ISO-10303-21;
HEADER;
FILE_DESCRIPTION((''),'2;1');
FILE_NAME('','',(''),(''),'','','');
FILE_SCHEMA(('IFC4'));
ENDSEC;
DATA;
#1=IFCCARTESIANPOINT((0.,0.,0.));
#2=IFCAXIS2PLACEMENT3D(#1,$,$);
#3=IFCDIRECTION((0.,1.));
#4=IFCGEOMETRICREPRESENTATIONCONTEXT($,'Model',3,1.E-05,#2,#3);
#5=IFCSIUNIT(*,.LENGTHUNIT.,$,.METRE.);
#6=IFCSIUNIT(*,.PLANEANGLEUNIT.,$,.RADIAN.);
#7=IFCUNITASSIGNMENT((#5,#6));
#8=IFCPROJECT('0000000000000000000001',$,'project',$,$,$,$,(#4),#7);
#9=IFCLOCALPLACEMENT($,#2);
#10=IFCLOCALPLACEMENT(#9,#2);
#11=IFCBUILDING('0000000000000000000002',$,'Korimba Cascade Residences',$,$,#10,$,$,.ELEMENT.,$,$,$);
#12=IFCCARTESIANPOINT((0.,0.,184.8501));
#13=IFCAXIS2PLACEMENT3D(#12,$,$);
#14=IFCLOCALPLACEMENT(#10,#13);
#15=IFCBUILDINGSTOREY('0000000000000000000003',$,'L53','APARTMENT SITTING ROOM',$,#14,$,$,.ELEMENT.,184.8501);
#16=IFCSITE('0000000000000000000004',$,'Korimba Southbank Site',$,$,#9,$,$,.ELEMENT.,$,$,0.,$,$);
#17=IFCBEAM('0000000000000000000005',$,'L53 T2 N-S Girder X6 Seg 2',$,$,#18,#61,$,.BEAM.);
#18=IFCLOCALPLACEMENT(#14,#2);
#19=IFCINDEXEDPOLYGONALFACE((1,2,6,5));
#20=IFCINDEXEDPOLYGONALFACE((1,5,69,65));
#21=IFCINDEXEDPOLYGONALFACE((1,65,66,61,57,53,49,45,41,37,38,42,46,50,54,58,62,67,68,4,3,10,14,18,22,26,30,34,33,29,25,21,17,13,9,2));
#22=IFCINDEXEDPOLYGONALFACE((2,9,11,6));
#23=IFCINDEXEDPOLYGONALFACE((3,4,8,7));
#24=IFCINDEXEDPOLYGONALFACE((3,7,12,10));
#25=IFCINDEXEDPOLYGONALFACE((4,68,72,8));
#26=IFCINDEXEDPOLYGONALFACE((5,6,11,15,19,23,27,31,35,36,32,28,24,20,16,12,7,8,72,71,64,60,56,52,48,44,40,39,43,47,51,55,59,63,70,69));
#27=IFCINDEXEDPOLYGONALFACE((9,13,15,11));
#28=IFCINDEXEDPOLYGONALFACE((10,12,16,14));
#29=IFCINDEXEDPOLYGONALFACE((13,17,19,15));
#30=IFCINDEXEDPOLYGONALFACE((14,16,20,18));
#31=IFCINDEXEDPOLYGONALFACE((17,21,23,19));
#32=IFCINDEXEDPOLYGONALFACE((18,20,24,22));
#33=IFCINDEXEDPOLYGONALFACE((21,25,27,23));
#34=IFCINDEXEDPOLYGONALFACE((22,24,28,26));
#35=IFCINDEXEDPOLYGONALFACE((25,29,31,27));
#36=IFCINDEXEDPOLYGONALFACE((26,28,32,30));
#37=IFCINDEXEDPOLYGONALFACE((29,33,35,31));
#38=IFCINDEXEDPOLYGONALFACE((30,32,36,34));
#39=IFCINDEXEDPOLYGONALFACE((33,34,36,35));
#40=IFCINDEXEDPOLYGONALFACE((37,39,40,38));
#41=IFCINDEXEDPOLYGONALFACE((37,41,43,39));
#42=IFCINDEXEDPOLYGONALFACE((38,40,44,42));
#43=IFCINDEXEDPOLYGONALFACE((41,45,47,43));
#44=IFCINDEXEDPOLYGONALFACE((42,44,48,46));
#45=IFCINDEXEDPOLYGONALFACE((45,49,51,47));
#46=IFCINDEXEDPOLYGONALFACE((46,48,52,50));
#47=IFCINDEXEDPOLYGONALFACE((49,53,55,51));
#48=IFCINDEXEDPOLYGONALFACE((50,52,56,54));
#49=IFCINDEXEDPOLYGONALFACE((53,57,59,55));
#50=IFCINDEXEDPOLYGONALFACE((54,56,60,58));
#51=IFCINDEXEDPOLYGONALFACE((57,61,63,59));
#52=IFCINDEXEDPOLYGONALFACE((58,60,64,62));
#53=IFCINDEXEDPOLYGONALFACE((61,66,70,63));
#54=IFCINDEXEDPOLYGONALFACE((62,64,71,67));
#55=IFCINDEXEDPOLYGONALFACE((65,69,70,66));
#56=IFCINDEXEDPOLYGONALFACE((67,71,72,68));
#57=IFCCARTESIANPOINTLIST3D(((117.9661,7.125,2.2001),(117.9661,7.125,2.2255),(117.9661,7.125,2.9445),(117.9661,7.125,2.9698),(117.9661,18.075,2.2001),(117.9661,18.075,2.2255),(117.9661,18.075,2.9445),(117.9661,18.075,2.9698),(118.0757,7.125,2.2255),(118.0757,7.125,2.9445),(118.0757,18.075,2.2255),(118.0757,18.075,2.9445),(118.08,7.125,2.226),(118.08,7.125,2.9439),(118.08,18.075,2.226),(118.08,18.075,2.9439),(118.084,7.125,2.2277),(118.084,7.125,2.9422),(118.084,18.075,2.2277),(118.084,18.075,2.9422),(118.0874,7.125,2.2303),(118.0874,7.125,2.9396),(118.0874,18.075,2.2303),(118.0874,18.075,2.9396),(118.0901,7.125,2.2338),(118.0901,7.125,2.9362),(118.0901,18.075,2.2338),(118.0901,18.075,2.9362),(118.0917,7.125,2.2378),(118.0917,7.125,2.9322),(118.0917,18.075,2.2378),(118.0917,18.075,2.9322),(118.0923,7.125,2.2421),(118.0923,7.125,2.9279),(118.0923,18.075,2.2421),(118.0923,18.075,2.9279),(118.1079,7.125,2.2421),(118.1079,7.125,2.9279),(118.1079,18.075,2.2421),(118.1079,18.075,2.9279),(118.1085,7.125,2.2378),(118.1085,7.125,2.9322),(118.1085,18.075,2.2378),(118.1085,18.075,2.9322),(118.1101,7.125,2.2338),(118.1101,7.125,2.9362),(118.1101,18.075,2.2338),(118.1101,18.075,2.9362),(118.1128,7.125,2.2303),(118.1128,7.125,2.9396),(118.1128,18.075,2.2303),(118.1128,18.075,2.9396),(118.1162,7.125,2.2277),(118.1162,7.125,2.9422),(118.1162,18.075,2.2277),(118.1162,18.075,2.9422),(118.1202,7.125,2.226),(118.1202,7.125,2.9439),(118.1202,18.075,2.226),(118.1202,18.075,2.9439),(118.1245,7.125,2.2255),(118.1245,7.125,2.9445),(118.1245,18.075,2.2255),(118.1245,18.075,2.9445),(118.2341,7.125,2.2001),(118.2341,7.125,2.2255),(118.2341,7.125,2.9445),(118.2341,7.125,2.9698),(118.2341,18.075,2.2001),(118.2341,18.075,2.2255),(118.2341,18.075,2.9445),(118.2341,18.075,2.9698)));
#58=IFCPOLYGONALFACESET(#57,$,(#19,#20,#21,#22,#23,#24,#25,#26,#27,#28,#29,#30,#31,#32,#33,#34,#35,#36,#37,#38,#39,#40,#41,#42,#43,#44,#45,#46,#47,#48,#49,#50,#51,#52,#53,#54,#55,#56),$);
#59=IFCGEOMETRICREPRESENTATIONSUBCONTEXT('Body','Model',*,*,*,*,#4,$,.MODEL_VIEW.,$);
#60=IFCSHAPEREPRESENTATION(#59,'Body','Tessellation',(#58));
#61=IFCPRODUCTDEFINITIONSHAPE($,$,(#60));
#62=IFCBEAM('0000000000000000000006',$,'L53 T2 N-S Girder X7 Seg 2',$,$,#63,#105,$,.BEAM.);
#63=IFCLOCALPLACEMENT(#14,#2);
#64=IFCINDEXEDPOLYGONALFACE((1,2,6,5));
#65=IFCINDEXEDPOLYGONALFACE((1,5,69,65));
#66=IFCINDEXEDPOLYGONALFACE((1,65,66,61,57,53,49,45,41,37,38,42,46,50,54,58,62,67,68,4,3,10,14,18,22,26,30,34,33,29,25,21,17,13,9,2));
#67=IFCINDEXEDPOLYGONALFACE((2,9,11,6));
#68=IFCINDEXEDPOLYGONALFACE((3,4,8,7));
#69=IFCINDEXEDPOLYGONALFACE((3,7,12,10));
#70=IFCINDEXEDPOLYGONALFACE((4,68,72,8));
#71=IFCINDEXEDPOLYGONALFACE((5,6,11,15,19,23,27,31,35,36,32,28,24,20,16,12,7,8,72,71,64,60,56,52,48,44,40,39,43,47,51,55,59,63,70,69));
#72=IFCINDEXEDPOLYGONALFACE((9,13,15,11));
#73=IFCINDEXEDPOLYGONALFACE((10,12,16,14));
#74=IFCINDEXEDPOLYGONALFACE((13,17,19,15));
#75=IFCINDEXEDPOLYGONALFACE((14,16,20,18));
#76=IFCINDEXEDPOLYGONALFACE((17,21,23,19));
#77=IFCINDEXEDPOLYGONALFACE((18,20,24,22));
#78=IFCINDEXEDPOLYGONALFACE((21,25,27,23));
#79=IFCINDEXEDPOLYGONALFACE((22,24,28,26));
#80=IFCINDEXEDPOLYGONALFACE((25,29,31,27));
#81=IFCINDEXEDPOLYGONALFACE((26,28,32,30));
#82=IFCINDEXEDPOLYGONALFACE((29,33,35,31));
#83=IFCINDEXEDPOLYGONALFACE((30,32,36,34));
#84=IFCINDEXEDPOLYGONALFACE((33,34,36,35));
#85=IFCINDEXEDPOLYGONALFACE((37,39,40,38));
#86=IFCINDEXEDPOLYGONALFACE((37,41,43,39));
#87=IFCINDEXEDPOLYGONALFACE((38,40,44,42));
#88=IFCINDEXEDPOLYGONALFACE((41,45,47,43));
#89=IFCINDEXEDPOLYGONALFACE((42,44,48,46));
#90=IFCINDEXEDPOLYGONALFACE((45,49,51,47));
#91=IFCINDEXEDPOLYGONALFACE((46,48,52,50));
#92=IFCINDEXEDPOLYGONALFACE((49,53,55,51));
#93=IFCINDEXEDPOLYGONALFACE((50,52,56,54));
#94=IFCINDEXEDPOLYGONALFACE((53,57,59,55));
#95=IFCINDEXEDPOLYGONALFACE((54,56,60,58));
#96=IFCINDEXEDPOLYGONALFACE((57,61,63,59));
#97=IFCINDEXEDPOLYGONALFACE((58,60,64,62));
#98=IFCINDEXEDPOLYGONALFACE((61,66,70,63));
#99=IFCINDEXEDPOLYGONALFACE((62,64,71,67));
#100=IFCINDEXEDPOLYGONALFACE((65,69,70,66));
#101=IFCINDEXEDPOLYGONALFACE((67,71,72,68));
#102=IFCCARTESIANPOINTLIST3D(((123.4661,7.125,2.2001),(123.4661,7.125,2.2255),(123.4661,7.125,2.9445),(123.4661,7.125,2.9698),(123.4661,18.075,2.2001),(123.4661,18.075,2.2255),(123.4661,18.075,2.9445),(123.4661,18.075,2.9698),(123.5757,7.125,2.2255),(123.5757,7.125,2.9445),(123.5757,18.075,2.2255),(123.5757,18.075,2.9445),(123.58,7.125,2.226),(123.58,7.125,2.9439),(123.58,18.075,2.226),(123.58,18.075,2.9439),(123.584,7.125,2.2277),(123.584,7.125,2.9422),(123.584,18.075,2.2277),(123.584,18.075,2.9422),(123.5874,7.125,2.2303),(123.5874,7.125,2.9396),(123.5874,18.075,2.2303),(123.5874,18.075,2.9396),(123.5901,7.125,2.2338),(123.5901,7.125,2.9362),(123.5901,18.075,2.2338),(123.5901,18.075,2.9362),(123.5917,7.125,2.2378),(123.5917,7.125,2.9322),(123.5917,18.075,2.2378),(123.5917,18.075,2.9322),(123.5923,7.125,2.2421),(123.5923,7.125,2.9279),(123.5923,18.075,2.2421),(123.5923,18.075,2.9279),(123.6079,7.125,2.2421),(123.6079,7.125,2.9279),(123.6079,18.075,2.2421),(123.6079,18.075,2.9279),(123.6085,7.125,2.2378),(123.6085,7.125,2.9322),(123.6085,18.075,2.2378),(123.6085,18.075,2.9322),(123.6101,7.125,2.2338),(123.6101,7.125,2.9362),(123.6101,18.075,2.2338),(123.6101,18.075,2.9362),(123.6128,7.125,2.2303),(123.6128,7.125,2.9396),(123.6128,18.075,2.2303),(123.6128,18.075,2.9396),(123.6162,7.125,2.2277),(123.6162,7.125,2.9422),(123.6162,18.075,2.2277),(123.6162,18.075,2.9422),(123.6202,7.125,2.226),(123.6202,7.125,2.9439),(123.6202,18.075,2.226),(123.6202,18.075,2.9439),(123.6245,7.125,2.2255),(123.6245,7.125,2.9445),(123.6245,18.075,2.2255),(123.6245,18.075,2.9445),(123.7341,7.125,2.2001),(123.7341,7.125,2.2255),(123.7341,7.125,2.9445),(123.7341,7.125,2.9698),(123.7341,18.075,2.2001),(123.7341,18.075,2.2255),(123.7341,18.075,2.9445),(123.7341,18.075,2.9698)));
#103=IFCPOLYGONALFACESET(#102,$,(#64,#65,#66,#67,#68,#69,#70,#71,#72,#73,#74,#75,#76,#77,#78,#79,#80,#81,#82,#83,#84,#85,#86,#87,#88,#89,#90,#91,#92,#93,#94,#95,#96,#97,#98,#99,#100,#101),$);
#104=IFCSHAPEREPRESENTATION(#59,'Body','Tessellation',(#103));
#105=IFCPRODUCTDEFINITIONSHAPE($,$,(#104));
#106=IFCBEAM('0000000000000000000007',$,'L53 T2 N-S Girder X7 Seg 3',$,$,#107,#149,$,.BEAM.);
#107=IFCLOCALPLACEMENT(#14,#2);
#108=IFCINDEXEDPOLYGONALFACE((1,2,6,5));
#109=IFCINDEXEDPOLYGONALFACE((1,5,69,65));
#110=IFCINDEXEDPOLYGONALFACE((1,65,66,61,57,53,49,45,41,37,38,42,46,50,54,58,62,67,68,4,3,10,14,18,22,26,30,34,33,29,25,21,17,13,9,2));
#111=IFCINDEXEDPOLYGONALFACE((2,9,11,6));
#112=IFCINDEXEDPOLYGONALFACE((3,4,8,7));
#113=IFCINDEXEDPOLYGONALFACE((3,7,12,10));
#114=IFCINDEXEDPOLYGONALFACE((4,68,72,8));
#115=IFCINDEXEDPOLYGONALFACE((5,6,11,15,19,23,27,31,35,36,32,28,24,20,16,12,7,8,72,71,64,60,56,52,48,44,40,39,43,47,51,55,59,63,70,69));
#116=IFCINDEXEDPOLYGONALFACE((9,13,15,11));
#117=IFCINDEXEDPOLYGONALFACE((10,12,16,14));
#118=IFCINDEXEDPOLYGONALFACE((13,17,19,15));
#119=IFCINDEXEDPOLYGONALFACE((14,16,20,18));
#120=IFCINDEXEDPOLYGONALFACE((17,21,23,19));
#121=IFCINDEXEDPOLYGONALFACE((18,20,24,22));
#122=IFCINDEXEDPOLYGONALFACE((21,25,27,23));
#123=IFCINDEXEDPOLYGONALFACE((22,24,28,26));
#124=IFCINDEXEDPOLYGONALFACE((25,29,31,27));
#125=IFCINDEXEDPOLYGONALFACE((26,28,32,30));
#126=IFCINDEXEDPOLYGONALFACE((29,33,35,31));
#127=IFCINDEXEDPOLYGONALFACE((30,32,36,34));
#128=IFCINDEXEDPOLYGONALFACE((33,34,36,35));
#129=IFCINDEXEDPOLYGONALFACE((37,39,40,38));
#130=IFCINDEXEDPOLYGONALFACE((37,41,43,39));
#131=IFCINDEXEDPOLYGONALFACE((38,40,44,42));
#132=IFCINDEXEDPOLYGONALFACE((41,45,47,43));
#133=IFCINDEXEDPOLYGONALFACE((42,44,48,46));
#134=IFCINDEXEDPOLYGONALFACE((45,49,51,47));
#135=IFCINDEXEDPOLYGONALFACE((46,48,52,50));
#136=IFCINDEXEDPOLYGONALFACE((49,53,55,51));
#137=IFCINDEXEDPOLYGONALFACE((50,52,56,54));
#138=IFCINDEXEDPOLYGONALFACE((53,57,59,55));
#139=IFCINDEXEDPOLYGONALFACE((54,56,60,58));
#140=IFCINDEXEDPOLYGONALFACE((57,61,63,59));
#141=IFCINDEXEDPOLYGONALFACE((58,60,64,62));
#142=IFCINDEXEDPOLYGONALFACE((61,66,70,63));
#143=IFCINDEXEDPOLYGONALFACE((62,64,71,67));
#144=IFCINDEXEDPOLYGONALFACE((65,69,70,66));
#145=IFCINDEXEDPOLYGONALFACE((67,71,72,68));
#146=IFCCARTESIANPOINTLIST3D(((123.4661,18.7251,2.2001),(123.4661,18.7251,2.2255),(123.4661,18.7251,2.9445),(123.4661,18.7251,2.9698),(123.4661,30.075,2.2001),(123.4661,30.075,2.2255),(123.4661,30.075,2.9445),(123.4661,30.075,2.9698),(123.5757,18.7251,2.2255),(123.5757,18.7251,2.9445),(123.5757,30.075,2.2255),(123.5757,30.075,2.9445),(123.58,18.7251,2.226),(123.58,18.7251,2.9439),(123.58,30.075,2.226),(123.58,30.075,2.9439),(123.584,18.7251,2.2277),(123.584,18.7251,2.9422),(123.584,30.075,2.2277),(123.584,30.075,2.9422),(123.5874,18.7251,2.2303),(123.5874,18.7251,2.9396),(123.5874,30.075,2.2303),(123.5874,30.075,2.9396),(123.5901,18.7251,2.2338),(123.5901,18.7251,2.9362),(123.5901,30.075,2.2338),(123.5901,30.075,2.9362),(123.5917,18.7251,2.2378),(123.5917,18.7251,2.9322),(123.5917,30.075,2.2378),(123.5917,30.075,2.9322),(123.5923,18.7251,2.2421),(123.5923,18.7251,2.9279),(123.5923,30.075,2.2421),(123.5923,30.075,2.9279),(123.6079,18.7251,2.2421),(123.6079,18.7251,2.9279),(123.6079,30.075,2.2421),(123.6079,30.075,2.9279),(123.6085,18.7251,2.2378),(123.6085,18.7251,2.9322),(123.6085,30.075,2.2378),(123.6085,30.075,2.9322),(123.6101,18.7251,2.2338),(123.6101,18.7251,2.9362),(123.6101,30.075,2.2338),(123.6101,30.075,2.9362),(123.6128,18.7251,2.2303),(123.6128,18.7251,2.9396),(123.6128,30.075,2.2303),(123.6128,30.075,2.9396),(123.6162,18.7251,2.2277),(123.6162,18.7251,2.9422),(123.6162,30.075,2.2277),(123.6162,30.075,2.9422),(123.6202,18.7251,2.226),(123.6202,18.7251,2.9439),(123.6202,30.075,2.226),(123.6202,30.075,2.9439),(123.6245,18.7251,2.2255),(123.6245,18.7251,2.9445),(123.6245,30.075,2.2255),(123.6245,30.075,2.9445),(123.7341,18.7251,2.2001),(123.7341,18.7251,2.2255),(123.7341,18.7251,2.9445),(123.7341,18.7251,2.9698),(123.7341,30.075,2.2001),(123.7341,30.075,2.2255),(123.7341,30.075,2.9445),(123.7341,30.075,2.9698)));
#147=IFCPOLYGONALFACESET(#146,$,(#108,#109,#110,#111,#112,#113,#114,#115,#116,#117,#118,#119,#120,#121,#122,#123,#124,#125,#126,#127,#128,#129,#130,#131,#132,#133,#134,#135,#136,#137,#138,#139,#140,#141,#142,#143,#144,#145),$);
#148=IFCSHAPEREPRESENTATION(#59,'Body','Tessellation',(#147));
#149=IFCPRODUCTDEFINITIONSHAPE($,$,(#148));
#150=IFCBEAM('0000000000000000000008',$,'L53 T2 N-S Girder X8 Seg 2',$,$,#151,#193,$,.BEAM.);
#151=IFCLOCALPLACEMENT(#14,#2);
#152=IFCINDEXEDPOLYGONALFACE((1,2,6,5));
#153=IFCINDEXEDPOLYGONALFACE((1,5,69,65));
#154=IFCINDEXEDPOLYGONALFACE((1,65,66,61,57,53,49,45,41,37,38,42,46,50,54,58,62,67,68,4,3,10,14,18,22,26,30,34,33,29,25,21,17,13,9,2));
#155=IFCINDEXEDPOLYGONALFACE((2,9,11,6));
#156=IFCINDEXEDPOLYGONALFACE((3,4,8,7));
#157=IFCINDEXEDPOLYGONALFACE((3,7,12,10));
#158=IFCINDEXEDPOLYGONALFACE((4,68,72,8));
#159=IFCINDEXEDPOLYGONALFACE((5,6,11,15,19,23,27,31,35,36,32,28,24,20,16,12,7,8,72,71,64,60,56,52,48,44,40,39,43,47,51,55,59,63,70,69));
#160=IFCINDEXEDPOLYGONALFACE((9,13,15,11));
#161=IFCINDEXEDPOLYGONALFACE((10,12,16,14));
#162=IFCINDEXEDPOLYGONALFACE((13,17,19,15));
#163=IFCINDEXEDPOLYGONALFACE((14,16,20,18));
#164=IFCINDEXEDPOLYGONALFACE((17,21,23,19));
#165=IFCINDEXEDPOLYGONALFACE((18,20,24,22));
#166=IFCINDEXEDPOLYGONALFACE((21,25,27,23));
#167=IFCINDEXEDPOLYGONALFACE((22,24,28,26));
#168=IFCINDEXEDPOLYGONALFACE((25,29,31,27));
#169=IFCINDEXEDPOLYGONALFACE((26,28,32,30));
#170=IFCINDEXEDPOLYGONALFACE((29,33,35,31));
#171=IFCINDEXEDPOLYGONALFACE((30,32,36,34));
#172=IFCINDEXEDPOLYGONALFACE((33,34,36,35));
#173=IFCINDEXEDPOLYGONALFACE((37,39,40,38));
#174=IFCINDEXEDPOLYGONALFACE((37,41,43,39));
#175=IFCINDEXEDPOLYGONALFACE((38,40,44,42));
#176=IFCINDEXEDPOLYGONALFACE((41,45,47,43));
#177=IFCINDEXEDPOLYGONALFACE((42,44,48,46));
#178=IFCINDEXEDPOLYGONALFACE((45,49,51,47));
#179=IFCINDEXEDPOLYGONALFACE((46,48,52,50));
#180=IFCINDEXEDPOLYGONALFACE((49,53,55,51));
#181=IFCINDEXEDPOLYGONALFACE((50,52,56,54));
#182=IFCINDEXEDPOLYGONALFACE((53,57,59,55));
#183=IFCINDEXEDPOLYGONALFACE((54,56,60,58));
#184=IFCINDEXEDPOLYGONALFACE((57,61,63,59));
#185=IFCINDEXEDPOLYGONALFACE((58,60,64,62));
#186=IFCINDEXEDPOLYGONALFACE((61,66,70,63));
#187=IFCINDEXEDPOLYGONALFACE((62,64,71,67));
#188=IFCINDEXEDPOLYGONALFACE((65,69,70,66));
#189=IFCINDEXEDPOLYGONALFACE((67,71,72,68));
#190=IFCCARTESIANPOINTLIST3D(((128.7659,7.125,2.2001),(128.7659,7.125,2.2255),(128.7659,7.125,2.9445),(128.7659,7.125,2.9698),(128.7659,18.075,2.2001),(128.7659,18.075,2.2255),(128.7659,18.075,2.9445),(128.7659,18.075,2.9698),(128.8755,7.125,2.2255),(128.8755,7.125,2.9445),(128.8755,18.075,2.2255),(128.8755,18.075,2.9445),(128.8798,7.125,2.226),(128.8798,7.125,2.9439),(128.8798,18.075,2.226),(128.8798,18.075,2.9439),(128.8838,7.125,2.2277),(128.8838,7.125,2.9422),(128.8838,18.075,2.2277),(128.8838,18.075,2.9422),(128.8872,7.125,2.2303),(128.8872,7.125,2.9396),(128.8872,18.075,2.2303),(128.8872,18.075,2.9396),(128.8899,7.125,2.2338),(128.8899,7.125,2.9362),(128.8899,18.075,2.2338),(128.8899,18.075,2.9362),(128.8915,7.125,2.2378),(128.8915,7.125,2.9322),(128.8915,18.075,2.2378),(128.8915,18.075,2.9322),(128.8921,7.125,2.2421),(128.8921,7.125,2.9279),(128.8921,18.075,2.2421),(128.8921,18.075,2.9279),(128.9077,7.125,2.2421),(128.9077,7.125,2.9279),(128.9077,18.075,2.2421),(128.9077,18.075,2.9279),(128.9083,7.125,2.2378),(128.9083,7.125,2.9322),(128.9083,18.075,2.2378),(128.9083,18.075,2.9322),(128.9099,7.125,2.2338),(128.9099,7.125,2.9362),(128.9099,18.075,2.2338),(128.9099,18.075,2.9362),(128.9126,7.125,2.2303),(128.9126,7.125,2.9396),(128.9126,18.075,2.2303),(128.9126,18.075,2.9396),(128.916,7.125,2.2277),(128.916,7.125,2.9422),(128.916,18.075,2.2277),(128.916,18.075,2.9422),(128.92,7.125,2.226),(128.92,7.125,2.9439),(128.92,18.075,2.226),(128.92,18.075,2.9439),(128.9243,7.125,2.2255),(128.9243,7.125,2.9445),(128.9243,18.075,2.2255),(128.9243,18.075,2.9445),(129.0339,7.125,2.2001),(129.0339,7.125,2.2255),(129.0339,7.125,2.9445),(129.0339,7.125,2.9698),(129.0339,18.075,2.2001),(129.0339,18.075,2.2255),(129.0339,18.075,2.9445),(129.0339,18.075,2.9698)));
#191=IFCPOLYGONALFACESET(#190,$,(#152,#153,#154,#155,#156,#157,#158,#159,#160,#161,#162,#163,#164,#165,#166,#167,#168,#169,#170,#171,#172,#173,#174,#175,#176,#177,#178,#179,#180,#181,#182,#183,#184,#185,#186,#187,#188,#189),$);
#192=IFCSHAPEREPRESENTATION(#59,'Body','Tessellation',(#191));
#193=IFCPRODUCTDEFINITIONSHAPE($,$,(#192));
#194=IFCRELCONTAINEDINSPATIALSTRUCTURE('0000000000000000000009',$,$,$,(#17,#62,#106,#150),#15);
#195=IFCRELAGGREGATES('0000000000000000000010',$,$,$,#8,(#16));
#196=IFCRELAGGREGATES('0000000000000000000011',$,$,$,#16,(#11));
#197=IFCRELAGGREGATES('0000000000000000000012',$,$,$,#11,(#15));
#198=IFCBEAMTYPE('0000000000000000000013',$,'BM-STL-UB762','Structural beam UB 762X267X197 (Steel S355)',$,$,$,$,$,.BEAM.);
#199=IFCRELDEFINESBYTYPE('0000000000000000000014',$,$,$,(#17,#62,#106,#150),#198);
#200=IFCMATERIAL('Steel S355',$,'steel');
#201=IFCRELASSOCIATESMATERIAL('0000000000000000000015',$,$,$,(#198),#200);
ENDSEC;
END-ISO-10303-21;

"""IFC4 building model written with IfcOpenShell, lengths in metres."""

from ifc_helpers import new_model, si_unit, direction, frame, origin, origin_2d, place, context, subcontext, project, spatial, i_section, extrude, material, material_profile, profile_set, type_object, element, save


model = new_model("IFC4")

# Units and contexts
model_context = context("Model", 3, precision=1e-05, world=origin(), true_north=direction((0.0, 1.0)))
body_context = subcontext(model_context, "Body", "Model", "MODEL_VIEW")
ifc_project = project(units=[si_unit("LENGTHUNIT", "METRE"), si_unit("PLANEANGLEUNIT", "RADIAN")], contexts=[model_context])

# Site, building, storey
site_placement = place(None, origin())
site = spatial("IfcSite", under=ifc_project, at=site_placement, Name="Korimba Southbank Site", CompositionType="ELEMENT", RefElevation=0.0)
building_placement = place(site_placement, origin())
building = spatial("IfcBuilding", under=site, at=building_placement, Name="Korimba Cascade Residences", CompositionType="ELEMENT")
storey_placement = place(building_placement, frame((0.0, 0.0, 184.8501)))
storey = spatial("IfcBuildingStorey", under=building, at=storey_placement, Name="L53", Description="APARTMENT SITTING ROOM", CompositionType="ELEMENT", Elevation=184.8501)

# Beams
ifc_material_1 = material(Name="Steel S355", Category="steel")
ifc_material_profile_1 = material_profile(ifc_material_1, i_section(OverallWidth=0.2681, OverallDepth=0.7698, WebThickness=0.0156, FlangeThickness=0.0254, FilletRadius=0.0166, at=origin_2d()), Name="Steel S355")
ifc_profile_set_1 = profile_set([ifc_material_profile_1], Name="Steel S355")
beam_type_1 = type_object("IfcBeamType", Name="BM-STL-UB762", Description="Structural beam UB 762X267X197 (Steel S355)", PredefinedType="BEAM", material=ifc_profile_set_1)
for number, where, z_axis, x_axis, name in (
    (1, (118.1001, 7.125, 2.585), (0.0, 1.0, 0.0), (-1.0, 0.0, 0.0), "L53 T2 N-S Girder X6 Seg 2"),
    (2, (123.6001, 7.125, 2.585), (0.0, 1.0, 0.0), (-1.0, 0.0, 0.0), "L53 T2 N-S Girder X7 Seg 2"),
):
    element("IfcBeam", number, at=place(storey_placement, frame(where, z_axis=z_axis, x_axis=x_axis)), inside=storey, type_object=beam_type_1, Name=name, PredefinedType="BEAM", context=body_context, shape_type="SweptSolid", body=[
        extrude(i_section(OverallWidth=0.2681, OverallDepth=0.7698, WebThickness=0.0156, FlangeThickness=0.0254, FilletRadius=0.0166, at=origin_2d()), origin(), (0.0, 0.0, 1.0), 10.95),
    ])
beam_1_placement = place(storey_placement, frame((123.6001, 18.7251, 2.585), z_axis=(0.0, 1.0, 0.0), x_axis=(-1.0, 0.0, 0.0)))
element("IfcBeam", 3, at=beam_1_placement, inside=storey, type_object=beam_type_1, Name="L53 T2 N-S Girder X7 Seg 3", PredefinedType="BEAM", context=body_context, shape_type="SweptSolid", body=[
    extrude(i_section(OverallWidth=0.2681, OverallDepth=0.7698, WebThickness=0.0156, FlangeThickness=0.0254, FilletRadius=0.0166, at=origin_2d()), origin(), (0.0, 0.0, 1.0), 11.3499),
])
beam_2_placement = place(storey_placement, frame((128.8999, 7.125, 2.585), z_axis=(0.0, 1.0, 0.0), x_axis=(-1.0, 0.0, 0.0)))
element("IfcBeam", 4, at=beam_2_placement, inside=storey, type_object=beam_type_1, Name="L53 T2 N-S Girder X8 Seg 2", PredefinedType="BEAM", context=body_context, shape_type="SweptSolid", body=[
    extrude(i_section(OverallWidth=0.2681, OverallDepth=0.7698, WebThickness=0.0156, FlangeThickness=0.0254, FilletRadius=0.0166, at=origin_2d()), origin(), (0.0, 0.0, 1.0), 10.95),
])

save(model, "model.ifc")
